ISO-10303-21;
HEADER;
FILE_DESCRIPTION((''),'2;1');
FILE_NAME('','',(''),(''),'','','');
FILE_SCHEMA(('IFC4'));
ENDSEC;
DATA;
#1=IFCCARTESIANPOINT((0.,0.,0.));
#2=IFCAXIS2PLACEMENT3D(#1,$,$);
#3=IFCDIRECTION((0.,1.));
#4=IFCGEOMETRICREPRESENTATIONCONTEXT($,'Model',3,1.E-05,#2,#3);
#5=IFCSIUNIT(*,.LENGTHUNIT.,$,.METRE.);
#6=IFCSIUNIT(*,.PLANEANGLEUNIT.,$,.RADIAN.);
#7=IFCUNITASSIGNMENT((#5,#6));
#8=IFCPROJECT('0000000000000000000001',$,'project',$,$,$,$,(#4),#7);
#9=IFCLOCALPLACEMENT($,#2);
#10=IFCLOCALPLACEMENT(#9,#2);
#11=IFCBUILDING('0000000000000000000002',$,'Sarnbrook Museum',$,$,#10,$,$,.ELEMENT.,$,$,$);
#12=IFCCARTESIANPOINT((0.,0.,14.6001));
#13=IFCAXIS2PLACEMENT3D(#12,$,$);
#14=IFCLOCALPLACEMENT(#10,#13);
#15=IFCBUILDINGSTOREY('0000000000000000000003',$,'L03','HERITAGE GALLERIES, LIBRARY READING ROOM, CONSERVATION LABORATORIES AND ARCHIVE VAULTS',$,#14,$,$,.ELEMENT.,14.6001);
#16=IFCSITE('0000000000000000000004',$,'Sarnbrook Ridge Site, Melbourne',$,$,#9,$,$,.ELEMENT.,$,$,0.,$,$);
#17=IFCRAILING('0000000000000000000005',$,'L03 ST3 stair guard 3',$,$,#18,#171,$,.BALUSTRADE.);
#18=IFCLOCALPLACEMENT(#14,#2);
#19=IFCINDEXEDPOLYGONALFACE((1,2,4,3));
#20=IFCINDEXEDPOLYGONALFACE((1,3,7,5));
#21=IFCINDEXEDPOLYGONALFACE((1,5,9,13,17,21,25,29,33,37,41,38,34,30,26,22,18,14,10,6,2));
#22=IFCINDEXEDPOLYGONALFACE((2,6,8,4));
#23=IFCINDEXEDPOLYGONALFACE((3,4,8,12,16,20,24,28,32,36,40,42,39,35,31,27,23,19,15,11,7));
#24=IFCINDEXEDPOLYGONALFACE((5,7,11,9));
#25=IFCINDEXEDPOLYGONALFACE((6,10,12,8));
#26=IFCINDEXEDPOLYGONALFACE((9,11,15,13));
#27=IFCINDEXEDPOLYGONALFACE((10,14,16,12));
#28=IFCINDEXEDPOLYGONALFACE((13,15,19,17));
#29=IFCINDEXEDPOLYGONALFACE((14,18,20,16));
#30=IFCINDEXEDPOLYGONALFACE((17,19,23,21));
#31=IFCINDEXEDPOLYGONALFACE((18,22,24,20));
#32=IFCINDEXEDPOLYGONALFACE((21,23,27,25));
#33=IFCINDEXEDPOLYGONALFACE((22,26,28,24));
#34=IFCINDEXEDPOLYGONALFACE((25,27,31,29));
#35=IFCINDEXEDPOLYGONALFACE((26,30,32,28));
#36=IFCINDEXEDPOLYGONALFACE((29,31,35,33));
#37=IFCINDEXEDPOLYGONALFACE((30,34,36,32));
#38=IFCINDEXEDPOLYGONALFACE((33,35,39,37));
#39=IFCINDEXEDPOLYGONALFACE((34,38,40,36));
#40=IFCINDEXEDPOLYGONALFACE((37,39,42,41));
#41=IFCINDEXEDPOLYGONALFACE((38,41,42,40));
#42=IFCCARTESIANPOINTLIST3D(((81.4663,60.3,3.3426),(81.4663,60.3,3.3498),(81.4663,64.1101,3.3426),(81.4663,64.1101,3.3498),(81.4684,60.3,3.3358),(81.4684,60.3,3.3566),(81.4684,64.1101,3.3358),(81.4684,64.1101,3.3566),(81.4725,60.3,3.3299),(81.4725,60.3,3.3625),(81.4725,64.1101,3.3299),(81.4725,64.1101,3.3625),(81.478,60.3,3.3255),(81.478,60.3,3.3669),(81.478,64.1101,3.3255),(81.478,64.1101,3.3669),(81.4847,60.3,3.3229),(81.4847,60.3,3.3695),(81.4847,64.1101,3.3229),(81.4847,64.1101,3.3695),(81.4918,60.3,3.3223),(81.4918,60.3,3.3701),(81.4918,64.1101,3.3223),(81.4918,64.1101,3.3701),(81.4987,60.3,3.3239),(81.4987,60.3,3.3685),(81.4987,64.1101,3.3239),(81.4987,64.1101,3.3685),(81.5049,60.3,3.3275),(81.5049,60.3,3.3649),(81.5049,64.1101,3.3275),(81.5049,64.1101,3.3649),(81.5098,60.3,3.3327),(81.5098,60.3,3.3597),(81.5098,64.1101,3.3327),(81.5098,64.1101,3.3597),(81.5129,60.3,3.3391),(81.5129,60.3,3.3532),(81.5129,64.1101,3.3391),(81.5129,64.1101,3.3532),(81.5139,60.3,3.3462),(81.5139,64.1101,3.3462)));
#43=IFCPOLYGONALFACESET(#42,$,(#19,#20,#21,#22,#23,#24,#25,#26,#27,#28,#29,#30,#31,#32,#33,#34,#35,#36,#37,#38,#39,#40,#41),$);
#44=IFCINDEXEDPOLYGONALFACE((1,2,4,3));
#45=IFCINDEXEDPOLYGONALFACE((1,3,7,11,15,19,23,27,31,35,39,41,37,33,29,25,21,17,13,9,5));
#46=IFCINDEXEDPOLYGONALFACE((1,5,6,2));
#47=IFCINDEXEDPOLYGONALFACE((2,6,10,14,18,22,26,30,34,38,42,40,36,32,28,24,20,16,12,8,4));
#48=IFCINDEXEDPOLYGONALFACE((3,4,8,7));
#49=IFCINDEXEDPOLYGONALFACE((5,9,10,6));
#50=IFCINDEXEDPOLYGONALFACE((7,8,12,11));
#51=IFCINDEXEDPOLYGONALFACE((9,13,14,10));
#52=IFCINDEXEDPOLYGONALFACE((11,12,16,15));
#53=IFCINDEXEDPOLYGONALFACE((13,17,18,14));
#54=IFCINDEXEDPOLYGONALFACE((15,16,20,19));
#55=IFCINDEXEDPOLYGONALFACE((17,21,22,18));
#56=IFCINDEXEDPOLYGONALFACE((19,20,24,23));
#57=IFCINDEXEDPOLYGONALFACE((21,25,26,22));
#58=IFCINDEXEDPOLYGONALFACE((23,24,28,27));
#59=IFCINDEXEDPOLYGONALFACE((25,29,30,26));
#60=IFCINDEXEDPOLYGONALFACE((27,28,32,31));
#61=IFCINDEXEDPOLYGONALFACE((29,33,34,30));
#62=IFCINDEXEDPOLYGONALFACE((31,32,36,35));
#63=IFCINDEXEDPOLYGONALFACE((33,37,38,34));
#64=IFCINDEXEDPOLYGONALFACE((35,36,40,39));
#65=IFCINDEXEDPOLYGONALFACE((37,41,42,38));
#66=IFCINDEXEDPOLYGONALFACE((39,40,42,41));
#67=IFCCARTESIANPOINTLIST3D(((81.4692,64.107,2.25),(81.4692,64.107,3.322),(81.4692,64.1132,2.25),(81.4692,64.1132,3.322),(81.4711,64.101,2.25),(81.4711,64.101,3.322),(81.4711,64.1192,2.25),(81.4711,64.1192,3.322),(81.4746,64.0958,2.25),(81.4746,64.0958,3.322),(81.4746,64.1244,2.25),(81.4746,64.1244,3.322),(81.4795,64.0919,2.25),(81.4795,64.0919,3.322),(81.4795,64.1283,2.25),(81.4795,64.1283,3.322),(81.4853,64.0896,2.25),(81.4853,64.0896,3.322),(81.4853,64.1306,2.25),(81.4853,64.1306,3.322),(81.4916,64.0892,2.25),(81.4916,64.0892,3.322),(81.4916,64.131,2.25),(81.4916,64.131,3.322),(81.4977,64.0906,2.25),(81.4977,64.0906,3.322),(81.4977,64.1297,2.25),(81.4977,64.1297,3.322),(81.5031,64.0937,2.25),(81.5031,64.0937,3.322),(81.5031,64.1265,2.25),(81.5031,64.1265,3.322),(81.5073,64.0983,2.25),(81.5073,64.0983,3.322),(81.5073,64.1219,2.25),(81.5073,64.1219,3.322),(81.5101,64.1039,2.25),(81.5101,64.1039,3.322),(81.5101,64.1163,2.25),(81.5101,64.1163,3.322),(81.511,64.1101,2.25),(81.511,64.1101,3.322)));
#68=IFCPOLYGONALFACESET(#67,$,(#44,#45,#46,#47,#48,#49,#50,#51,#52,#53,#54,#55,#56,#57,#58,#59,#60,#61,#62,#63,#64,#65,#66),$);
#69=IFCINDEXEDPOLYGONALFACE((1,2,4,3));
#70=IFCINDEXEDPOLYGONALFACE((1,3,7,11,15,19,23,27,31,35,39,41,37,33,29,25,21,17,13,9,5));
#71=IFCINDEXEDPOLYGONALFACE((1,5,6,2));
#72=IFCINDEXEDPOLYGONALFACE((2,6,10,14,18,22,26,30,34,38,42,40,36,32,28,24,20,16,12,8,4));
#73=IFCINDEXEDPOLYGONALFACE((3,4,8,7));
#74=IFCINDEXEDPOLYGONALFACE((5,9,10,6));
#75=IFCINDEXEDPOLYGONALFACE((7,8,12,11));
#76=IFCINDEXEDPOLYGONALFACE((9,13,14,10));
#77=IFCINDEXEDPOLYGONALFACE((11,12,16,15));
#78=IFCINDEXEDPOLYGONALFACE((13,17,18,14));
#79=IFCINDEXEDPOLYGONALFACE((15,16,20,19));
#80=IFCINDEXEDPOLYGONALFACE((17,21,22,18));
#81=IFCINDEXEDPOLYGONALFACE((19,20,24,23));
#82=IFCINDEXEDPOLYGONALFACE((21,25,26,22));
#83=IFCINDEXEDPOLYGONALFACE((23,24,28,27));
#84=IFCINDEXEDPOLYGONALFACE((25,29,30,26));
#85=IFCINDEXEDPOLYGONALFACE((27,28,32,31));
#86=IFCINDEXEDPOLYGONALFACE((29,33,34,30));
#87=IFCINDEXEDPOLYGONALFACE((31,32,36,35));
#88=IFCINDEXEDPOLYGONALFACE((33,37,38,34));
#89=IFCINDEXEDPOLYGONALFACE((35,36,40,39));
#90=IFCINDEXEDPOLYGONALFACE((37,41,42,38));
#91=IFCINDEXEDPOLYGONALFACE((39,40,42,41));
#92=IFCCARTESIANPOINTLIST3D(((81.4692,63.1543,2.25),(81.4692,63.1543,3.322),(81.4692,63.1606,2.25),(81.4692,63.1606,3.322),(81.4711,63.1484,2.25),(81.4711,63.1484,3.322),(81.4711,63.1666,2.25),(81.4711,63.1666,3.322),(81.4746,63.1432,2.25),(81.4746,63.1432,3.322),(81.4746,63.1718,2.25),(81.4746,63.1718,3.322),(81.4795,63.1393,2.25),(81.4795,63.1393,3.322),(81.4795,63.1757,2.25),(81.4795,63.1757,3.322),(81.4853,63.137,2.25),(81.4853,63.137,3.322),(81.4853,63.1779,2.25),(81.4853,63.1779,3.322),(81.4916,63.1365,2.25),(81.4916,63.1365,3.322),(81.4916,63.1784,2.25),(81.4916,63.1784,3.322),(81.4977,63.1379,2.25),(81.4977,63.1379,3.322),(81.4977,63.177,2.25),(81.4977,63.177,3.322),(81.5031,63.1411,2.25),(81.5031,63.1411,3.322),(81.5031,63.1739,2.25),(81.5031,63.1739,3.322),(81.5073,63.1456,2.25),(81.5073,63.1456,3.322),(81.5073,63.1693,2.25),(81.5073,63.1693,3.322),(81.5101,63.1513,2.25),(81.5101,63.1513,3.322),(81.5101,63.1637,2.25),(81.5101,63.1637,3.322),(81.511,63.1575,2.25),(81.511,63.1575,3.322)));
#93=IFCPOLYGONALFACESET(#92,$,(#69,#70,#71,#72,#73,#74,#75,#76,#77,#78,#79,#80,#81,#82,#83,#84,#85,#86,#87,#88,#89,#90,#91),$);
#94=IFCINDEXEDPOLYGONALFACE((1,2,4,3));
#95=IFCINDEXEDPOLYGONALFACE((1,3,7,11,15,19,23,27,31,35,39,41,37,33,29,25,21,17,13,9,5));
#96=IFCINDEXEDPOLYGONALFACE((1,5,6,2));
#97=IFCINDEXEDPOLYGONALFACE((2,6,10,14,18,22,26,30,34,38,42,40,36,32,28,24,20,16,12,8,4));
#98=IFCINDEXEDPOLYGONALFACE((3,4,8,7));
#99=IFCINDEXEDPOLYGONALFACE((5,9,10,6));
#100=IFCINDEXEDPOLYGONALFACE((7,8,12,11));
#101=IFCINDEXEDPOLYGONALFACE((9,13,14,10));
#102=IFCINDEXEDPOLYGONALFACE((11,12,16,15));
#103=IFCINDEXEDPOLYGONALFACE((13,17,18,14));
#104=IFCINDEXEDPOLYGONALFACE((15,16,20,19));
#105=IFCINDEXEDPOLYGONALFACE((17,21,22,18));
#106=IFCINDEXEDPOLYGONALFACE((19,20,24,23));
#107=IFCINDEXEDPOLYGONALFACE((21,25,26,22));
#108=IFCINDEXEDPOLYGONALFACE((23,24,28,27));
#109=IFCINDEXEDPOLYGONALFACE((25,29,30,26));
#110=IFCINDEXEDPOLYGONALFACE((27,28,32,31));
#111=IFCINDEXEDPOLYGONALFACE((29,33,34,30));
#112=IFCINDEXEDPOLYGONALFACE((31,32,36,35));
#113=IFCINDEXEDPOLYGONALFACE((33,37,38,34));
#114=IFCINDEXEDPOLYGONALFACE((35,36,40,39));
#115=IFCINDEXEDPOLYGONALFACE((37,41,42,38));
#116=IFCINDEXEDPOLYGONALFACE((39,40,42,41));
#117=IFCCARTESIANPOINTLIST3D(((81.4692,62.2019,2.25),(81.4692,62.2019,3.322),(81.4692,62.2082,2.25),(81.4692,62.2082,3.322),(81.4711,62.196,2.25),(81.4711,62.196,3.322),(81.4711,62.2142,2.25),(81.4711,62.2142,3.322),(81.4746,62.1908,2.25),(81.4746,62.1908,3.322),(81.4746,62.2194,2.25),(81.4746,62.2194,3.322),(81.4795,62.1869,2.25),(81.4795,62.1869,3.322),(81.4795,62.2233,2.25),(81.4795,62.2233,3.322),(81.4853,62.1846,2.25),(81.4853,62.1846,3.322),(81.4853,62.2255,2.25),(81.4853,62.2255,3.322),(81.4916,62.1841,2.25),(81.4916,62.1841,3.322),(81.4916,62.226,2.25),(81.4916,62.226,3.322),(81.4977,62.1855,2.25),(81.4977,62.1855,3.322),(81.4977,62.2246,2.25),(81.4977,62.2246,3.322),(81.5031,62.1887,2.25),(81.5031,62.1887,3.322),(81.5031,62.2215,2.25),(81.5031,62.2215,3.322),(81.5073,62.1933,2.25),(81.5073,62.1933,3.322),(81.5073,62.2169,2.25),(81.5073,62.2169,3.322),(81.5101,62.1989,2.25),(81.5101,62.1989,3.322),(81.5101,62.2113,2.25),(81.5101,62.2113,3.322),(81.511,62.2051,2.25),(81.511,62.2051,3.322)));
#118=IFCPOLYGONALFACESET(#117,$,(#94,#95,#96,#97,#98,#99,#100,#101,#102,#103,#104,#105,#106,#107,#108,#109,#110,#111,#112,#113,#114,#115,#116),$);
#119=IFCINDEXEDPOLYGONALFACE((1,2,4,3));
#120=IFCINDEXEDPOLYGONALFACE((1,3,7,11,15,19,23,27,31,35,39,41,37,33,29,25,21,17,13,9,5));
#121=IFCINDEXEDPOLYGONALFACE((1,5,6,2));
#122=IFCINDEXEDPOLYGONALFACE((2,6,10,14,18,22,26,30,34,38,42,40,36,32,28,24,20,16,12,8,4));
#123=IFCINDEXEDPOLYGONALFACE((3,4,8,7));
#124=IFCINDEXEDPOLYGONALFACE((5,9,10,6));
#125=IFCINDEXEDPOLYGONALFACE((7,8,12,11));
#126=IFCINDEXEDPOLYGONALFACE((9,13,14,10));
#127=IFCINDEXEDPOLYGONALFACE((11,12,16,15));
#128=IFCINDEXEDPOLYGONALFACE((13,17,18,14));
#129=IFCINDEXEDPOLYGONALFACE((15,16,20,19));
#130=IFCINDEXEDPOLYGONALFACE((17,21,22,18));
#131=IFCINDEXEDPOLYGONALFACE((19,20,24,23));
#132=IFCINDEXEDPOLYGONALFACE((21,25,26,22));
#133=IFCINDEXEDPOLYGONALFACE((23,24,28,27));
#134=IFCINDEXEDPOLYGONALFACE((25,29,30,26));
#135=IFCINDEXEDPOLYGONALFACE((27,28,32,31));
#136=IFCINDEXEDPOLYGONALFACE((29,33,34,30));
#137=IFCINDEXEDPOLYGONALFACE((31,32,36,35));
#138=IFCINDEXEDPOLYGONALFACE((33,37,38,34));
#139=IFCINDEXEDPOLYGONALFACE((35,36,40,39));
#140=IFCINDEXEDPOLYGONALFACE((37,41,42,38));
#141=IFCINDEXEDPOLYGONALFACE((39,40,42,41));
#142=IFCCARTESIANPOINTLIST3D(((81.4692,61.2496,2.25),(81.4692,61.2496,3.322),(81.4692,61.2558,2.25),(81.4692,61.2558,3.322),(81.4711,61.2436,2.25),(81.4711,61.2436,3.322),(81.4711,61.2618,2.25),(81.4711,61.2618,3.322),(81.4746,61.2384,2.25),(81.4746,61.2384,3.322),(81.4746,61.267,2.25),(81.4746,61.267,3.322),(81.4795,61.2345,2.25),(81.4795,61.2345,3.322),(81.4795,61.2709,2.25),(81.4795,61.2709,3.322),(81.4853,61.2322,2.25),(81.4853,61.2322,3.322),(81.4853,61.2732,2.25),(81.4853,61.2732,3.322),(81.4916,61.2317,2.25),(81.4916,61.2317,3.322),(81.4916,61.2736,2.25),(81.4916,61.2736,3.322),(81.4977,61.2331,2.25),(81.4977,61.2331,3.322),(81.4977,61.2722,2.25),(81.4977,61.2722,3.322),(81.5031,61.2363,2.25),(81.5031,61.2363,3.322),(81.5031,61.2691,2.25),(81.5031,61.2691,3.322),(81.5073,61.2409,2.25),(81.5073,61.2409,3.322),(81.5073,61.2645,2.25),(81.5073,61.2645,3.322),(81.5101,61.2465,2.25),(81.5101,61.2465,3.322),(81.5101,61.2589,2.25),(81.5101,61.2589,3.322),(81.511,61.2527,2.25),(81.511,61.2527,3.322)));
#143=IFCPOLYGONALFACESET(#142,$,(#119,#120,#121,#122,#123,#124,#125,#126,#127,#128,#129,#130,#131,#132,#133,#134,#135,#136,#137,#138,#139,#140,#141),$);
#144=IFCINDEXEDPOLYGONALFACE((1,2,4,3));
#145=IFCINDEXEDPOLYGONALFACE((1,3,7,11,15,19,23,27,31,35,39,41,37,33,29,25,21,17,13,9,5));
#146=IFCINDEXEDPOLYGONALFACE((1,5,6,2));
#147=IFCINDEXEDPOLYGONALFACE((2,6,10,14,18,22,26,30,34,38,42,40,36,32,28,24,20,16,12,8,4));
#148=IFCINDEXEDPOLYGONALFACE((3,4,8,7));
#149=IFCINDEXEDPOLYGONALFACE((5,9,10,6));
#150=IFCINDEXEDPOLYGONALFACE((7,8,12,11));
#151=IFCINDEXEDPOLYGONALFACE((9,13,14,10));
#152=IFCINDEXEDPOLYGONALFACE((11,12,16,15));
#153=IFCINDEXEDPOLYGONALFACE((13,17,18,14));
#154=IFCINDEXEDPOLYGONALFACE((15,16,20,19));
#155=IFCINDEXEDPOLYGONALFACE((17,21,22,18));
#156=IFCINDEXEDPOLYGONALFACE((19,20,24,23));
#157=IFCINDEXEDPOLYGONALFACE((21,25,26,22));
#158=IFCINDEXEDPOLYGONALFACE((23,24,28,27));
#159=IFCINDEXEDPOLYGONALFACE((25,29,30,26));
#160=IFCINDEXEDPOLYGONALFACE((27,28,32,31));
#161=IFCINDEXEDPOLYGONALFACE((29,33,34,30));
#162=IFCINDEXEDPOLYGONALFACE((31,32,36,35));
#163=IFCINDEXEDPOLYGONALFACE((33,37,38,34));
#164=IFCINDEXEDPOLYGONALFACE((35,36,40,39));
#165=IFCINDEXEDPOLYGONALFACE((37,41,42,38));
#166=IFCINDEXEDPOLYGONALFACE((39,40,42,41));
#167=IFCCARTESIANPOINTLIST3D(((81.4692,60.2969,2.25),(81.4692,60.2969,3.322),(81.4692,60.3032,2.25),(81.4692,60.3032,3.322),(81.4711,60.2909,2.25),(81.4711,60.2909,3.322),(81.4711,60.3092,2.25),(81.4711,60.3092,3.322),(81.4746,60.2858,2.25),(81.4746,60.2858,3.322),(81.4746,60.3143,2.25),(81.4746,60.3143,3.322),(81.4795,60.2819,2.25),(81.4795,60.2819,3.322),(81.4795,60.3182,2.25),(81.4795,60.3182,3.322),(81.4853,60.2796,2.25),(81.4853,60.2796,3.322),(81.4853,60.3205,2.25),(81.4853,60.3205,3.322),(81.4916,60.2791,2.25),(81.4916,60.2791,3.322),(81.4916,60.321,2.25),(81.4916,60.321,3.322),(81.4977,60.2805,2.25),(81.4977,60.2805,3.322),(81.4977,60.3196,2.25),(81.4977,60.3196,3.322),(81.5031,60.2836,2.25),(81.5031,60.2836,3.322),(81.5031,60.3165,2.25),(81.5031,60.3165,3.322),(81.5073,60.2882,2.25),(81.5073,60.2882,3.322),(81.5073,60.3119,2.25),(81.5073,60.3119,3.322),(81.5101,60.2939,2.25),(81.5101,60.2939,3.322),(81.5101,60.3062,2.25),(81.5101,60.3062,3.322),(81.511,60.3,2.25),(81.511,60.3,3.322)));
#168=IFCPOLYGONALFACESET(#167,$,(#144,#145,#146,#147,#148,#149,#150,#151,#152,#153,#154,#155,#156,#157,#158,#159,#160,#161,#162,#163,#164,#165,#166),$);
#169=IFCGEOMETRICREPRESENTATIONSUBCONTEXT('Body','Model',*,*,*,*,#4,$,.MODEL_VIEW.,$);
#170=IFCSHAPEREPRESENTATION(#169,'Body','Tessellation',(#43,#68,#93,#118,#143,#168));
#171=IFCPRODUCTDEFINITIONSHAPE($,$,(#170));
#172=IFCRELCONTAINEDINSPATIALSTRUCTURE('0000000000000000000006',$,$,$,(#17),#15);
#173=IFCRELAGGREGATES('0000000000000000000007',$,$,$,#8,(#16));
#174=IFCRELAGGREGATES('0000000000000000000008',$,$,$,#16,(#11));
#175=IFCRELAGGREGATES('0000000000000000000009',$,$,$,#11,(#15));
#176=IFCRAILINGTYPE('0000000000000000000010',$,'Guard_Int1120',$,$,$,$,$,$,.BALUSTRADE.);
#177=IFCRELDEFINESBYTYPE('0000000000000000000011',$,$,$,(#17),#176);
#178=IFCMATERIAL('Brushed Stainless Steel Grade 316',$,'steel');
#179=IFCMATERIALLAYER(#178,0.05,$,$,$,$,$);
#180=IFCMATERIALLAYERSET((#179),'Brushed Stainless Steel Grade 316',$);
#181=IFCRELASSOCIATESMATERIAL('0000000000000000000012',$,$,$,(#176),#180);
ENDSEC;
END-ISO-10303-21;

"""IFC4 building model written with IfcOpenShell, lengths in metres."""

from ifc_helpers import new_model, si_unit, direction, frame, origin, origin_2d, place, context, subcontext, project, spatial, circle, extrude, material, layer, layer_set, type_object, element, save


model = new_model("IFC4")

# Units and contexts
model_context = context("Model", 3, precision=1e-05, world=origin(), true_north=direction((0.0, 1.0)))
body_context = subcontext(model_context, "Body", "Model", "MODEL_VIEW")
ifc_project = project(units=[si_unit("LENGTHUNIT", "METRE"), si_unit("PLANEANGLEUNIT", "RADIAN")], contexts=[model_context])

# Site, building, storey
site_placement = place(None, origin())
site = spatial("IfcSite", under=ifc_project, at=site_placement, Name="Sarnbrook Ridge Site, Melbourne", CompositionType="ELEMENT", RefElevation=0.0)
building_placement = place(site_placement, origin())
building = spatial("IfcBuilding", under=site, at=building_placement, Name="Sarnbrook Museum", CompositionType="ELEMENT")
storey_placement = place(building_placement, frame((0.0, 0.0, 14.6001)))
storey = spatial("IfcBuildingStorey", under=building, at=storey_placement, Name="L03", Description="HERITAGE GALLERIES, LIBRARY READING ROOM, CONSERVATION LABORATORIES AND ARCHIVE VAULTS", CompositionType="ELEMENT", Elevation=14.6001)

# Shared definitions
ifc_material_1 = material(Name="Brushed Stainless Steel Grade 316", Category="steel")

# Railing
ifc_layer_1 = layer(ifc_material_1, 0.05)
ifc_layer_set_1 = layer_set([ifc_layer_1], Name="Brushed Stainless Steel Grade 316")
railing_type = type_object("IfcRailingType", Name="Guard_Int1120", PredefinedType="BALUSTRADE", material=ifc_layer_set_1)
railing_1_placement = place(storey_placement, frame((81.49, 64.1101, 2.25)))
element("IfcRailing", 1, at=railing_1_placement, inside=storey, type_object=railing_type, Name="L03 ST3 stair guard 3", PredefinedType="BALUSTRADE", context=body_context, shape_type="SweptSolid", body=[
    extrude(circle(Radius=0.0239, at=origin_2d()), frame((0.0, 0.0, 1.0962), z_axis=(0.0, -1.0, 0.0), x_axis=(1.0, 0.0, 0.0)), (0.0, 0.0, 1.0), 3.8101),
    extrude(circle(Radius=0.021, at=origin_2d()), origin(), (0.0, 0.0, 1.0), 1.072),
    extrude(circle(Radius=0.021, at=origin_2d()), frame((0.0, -0.9526, 0.0)), (0.0, 0.0, 1.0), 1.072),
    extrude(circle(Radius=0.021, at=origin_2d()), frame((0.0, -1.905, 0.0)), (0.0, 0.0, 1.0), 1.072),
    extrude(circle(Radius=0.021, at=origin_2d()), frame((0.0, -2.8574, 0.0)), (0.0, 0.0, 1.0), 1.072),
    extrude(circle(Radius=0.021, at=origin_2d()), frame((0.0, -3.8101, 0.0)), (0.0, 0.0, 1.0), 1.072),
])

save(model, "model.ifc")
